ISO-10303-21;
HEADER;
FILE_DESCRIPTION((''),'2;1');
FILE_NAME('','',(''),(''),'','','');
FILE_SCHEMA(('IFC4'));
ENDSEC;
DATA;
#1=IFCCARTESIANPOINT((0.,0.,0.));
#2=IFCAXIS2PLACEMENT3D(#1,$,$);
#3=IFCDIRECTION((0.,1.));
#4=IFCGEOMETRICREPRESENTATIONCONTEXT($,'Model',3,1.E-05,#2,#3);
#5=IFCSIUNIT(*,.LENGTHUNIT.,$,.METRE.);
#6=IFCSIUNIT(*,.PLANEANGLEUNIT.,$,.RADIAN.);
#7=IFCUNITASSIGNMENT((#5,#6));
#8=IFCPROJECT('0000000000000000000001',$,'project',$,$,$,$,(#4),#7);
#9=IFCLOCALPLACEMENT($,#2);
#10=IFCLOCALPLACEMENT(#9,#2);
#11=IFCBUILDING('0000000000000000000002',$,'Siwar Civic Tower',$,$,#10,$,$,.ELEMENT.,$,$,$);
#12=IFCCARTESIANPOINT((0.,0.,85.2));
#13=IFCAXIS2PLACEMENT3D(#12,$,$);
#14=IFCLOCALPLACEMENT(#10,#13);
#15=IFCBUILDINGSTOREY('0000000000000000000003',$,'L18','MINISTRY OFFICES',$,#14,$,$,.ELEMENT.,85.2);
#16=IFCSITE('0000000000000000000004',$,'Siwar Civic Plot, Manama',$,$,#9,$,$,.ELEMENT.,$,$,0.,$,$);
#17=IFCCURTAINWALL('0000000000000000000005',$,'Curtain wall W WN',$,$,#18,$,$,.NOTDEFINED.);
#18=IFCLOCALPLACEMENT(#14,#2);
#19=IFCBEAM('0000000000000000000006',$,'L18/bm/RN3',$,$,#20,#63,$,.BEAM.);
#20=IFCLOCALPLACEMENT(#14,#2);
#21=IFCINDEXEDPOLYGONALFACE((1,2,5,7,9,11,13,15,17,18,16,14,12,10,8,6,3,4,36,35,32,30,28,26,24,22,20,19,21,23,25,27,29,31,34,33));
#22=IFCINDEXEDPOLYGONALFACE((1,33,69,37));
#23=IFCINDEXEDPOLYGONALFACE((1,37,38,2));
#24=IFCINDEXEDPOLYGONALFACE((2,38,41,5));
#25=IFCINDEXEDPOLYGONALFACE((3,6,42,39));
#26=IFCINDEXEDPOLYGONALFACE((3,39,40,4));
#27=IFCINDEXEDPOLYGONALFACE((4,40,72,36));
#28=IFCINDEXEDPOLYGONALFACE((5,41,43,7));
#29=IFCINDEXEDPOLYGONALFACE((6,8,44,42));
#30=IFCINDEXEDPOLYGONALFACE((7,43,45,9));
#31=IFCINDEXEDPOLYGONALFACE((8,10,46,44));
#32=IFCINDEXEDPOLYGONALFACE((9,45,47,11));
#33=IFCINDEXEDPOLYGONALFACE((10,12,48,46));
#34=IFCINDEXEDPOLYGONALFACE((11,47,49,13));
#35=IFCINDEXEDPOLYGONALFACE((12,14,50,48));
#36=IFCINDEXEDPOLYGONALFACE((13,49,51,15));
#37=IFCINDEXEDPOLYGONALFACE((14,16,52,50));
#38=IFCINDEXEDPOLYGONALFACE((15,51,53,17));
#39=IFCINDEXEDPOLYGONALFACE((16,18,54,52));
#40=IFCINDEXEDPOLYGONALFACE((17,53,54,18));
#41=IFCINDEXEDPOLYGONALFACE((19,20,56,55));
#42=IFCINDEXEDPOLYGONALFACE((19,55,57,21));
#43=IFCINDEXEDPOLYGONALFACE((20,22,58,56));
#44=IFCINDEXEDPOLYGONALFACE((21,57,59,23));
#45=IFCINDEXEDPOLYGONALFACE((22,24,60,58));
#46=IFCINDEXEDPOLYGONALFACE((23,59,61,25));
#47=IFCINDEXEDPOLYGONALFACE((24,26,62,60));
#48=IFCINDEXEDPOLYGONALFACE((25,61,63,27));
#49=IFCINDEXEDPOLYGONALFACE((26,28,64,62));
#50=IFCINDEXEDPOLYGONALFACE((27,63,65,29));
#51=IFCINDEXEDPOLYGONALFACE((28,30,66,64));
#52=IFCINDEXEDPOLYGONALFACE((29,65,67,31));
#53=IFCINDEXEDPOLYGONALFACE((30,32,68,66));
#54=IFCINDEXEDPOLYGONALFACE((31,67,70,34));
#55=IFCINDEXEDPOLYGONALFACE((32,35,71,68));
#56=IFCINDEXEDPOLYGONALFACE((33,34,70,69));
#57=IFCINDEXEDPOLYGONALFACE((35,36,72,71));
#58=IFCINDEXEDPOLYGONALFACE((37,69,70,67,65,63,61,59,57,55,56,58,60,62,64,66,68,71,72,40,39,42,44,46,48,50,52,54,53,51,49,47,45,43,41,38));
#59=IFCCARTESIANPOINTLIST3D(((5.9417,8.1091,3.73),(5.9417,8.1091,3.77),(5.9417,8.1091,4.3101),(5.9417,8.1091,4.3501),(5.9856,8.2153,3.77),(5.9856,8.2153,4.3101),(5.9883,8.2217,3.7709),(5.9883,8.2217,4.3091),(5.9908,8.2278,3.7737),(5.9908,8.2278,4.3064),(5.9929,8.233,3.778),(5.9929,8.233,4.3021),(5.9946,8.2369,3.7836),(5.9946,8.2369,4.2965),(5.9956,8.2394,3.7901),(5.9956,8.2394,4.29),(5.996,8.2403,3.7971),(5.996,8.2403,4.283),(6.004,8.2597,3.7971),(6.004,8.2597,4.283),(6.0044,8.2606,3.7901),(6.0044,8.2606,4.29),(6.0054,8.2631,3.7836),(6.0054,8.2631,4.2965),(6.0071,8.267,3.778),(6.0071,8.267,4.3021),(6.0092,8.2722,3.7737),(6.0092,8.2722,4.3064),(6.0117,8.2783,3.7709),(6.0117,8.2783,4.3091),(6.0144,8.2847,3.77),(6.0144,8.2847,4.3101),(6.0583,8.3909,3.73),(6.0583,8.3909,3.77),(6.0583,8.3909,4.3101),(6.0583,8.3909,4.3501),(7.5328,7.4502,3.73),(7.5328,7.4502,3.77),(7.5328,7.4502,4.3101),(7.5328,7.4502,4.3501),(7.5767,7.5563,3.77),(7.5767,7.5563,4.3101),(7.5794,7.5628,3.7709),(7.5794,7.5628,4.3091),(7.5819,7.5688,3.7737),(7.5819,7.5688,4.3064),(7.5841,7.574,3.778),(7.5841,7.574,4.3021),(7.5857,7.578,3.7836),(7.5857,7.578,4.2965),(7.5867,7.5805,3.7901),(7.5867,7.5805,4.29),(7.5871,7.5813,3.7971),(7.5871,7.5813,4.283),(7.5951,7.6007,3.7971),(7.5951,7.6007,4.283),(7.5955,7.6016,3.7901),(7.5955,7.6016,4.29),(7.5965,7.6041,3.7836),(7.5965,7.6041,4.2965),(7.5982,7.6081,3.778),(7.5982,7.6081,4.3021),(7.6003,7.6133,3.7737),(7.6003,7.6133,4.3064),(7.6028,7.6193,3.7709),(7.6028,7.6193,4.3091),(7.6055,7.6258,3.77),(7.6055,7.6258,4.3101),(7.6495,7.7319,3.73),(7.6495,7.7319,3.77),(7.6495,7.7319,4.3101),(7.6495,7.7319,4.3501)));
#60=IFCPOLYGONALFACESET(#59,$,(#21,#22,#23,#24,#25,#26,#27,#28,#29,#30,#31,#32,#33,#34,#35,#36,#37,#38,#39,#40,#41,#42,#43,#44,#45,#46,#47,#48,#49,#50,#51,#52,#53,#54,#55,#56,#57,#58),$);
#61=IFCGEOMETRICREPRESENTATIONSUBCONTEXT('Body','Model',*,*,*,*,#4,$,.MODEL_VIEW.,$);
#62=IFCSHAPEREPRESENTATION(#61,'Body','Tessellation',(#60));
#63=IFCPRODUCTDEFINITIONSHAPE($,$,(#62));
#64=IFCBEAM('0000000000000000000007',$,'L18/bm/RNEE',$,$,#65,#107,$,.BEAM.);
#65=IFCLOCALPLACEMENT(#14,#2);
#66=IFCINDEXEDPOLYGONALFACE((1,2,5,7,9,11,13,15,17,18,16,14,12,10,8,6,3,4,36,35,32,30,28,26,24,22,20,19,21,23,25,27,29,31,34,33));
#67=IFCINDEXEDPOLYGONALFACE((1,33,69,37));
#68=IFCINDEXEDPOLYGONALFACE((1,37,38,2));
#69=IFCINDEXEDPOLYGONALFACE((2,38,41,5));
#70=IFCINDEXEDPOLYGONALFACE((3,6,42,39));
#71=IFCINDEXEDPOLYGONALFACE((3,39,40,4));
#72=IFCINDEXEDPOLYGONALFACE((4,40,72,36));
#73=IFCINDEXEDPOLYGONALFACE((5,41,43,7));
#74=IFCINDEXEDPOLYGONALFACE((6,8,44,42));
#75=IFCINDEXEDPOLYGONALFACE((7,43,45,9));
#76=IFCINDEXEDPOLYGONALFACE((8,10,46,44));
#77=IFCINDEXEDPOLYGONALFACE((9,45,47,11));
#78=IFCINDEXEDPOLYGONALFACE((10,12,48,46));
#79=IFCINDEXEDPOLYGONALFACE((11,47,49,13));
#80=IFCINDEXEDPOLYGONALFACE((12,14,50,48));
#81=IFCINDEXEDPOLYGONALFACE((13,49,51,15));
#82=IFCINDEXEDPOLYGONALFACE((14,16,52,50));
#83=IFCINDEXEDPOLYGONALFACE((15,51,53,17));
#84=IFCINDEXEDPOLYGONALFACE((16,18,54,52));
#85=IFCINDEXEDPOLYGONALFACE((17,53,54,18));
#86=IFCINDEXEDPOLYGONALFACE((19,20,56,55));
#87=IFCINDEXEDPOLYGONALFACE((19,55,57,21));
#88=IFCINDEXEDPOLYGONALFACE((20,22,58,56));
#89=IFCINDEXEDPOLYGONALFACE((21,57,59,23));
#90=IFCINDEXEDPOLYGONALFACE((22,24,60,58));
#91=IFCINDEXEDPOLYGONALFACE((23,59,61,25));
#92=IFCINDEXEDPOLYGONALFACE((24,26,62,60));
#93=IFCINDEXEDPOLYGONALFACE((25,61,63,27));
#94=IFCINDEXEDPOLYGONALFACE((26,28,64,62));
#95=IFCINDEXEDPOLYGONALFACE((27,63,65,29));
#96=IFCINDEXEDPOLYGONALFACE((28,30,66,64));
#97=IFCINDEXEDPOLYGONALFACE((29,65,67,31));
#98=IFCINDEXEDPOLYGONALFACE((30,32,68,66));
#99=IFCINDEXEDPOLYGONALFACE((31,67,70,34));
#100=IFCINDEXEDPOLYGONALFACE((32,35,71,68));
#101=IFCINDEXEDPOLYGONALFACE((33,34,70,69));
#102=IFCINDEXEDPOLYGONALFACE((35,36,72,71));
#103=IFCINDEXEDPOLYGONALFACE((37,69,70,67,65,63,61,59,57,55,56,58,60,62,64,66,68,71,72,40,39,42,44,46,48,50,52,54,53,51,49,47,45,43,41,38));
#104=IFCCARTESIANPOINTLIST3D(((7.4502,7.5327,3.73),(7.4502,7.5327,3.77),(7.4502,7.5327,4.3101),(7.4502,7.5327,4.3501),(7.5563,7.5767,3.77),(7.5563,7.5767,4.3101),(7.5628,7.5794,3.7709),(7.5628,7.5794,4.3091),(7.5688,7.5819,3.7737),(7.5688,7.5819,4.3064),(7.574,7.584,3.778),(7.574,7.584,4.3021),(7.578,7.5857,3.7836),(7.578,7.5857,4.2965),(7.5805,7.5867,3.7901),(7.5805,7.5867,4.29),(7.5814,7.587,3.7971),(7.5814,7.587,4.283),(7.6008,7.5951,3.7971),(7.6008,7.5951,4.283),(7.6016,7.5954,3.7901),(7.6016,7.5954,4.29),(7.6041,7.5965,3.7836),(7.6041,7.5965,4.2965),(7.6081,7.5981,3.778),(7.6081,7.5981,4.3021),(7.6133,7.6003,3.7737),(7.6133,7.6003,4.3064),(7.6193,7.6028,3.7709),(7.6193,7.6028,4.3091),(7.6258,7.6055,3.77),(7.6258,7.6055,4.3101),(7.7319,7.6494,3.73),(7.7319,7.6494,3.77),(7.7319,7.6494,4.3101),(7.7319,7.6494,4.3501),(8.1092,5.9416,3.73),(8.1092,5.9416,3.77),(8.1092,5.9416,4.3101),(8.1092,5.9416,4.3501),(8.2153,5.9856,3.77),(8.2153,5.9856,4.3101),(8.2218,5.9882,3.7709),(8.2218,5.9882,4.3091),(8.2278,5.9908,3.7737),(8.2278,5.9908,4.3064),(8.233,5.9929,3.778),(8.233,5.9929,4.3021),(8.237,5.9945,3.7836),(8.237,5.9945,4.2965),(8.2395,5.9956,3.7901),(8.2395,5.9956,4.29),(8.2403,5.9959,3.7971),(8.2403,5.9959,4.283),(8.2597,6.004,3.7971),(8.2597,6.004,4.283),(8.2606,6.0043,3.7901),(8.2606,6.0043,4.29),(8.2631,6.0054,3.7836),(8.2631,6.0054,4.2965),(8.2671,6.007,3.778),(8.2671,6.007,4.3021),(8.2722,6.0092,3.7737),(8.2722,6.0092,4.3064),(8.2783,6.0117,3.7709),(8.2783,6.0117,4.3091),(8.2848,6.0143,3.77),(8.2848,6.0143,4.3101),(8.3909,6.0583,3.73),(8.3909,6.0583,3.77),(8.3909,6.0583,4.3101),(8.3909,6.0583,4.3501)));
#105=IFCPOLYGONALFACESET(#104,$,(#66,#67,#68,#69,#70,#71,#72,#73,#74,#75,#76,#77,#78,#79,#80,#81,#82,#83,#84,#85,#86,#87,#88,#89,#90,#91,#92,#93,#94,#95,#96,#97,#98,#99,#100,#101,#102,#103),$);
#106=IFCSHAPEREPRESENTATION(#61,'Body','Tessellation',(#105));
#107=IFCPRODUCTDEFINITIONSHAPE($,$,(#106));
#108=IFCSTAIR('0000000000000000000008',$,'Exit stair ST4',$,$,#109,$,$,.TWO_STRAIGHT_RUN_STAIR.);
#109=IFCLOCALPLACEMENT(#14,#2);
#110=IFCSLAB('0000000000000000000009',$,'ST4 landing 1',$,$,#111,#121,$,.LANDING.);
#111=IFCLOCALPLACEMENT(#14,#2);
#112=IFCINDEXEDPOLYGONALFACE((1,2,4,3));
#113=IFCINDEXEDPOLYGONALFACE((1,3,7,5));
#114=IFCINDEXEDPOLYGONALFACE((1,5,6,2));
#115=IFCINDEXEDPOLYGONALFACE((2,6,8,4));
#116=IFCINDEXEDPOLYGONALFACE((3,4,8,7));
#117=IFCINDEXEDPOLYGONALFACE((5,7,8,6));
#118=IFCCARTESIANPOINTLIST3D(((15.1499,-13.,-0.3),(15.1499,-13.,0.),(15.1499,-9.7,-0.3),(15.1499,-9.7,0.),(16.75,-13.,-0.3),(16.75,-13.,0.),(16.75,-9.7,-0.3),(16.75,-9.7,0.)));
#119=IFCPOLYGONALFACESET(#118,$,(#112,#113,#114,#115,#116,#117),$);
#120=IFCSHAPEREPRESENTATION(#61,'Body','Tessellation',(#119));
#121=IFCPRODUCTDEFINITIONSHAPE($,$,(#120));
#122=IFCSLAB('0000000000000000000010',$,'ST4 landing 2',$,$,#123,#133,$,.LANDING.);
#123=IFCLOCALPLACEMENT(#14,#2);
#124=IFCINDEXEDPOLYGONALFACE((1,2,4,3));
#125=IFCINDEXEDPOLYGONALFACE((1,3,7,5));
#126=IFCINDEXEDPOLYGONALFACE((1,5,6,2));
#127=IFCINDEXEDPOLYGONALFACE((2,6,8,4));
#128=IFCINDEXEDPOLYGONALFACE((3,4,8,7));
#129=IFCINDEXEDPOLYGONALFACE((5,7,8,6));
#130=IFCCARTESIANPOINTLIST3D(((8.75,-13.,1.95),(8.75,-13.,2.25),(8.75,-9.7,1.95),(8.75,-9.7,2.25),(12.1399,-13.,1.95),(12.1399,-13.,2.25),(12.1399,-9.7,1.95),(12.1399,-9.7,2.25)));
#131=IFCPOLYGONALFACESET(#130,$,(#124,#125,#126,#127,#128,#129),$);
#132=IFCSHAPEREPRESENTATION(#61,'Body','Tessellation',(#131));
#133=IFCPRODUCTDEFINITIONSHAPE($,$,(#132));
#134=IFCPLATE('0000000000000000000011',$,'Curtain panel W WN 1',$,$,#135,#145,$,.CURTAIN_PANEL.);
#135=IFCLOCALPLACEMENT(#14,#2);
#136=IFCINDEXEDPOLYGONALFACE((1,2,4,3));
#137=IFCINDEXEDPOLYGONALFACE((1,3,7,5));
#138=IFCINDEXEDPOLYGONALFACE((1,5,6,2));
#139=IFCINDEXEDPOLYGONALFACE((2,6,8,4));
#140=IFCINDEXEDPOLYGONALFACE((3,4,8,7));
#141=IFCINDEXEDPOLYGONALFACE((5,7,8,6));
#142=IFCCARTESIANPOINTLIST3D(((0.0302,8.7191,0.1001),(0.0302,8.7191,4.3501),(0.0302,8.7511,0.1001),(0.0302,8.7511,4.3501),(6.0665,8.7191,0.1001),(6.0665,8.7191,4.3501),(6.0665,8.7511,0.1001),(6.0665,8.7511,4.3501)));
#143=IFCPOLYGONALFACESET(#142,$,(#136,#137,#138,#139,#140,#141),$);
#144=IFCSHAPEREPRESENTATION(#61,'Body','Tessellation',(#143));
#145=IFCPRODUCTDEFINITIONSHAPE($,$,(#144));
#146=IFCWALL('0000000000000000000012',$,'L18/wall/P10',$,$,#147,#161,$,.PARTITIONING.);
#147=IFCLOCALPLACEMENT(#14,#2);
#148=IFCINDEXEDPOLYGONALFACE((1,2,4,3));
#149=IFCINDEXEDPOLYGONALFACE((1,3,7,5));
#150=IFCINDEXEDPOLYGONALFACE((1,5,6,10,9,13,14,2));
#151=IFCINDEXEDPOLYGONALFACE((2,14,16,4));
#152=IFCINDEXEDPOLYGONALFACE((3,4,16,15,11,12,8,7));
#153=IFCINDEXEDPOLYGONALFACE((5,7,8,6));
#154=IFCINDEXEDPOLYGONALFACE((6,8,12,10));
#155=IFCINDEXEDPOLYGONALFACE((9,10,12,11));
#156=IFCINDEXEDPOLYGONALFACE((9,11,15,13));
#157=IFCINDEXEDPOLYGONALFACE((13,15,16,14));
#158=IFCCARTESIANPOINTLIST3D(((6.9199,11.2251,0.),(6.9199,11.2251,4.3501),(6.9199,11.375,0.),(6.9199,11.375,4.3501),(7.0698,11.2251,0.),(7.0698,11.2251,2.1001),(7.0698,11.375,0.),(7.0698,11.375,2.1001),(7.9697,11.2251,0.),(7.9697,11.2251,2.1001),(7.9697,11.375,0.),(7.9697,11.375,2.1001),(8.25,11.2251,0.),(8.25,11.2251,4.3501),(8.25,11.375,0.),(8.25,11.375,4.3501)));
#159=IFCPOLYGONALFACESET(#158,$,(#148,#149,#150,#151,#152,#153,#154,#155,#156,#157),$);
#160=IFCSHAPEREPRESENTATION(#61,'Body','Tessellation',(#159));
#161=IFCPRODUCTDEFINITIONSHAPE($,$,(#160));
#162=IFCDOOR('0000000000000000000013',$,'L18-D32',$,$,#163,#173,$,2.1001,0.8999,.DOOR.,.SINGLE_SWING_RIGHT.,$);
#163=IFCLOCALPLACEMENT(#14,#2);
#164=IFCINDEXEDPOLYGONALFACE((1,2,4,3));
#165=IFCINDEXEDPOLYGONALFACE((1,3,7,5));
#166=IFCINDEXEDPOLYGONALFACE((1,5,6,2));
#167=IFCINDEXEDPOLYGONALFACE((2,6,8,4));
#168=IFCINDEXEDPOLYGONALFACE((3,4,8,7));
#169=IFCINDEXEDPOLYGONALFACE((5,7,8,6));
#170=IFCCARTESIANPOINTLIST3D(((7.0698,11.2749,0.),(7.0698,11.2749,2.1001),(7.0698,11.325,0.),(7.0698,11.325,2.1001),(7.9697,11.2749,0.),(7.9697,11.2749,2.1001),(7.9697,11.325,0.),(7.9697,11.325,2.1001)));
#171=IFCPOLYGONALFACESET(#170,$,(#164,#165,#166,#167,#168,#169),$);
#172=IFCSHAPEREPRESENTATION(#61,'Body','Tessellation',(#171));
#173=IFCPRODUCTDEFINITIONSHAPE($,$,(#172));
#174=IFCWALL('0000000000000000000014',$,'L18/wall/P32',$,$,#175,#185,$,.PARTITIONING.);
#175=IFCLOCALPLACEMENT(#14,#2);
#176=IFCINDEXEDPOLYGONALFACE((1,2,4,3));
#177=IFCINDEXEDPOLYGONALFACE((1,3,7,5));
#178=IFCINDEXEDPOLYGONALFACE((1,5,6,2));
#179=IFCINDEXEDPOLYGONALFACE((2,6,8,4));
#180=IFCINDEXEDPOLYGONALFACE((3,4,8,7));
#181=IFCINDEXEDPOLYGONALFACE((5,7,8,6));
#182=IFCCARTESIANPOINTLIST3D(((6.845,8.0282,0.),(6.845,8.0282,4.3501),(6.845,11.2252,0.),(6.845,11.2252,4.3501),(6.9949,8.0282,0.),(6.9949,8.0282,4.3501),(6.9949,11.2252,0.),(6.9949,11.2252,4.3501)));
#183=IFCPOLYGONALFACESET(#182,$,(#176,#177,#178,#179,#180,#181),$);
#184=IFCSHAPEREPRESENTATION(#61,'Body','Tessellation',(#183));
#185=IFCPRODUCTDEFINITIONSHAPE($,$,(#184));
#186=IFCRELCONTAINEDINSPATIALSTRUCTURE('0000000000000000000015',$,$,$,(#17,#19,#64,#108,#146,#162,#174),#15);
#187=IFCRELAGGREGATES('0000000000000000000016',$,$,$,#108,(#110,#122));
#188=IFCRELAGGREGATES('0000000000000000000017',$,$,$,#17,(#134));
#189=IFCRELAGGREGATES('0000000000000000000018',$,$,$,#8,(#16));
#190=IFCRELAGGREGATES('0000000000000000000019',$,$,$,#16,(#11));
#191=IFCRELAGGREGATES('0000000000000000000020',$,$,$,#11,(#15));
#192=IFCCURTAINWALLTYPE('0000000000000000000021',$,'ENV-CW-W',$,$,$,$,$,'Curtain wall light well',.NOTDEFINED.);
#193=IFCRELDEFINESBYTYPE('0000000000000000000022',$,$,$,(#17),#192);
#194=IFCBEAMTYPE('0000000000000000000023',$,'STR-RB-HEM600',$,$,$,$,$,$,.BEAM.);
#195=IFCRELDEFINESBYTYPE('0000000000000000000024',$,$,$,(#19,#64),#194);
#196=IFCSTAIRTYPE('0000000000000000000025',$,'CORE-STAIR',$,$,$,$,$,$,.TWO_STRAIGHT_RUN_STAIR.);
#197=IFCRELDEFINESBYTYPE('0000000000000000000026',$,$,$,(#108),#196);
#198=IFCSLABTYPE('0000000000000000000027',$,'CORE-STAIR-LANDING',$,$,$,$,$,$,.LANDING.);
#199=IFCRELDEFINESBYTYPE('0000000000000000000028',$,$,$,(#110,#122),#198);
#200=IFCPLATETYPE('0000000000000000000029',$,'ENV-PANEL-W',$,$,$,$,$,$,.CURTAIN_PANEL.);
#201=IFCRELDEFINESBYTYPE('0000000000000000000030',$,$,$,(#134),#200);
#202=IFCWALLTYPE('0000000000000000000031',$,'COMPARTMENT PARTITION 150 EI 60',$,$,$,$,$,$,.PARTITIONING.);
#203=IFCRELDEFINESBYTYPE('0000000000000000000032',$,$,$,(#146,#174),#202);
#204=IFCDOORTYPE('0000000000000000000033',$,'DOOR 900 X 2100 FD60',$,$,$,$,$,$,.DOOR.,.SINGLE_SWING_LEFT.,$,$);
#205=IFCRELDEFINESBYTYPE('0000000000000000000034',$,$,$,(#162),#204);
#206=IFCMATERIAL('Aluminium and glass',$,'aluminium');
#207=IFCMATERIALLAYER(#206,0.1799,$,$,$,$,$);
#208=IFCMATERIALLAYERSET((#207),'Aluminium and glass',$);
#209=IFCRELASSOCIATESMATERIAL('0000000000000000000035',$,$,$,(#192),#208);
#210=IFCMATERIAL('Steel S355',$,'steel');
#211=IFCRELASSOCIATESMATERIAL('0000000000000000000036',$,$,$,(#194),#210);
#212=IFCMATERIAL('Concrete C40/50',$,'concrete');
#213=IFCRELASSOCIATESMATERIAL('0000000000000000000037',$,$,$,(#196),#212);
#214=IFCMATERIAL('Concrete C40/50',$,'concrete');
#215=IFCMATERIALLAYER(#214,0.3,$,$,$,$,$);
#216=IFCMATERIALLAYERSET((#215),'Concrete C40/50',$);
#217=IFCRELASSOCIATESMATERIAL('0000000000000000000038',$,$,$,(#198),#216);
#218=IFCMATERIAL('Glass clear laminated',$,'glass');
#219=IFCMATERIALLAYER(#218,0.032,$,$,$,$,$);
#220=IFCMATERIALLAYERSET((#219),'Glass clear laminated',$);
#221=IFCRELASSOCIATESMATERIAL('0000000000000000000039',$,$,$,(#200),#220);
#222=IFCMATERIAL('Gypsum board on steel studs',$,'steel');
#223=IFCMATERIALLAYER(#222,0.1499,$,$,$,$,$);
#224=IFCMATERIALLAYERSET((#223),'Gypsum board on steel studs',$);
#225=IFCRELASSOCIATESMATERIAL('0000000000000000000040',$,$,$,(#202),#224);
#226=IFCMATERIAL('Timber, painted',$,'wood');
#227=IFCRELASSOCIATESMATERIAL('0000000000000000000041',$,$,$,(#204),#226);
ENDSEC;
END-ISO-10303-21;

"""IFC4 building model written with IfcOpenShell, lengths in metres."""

from ifc_helpers import new_model, si_unit, direction, frame, frame_2d, origin, origin_2d, place, context, subcontext, project, spatial, polyline, rectangle, i_section, outline, extrude, material, layer, layer_set, material_profile, profile_set, type_object, element, fill, aggregate, save


model = new_model("IFC4")

# Units and contexts
model_context = context("Model", 3, precision=1e-05, world=origin(), true_north=direction((0.0, 1.0)))
body_context = subcontext(model_context, "Body", "Model", "MODEL_VIEW")
ifc_project = project(units=[si_unit("LENGTHUNIT", "METRE"), si_unit("PLANEANGLEUNIT", "RADIAN")], contexts=[model_context])

# Site, building, storey
site_placement = place(None, origin())
site = spatial("IfcSite", under=ifc_project, at=site_placement, Name="Siwar Civic Plot, Manama", CompositionType="ELEMENT", RefElevation=0.0)
building_placement = place(site_placement, origin())
building = spatial("IfcBuilding", under=site, at=building_placement, Name="Siwar Civic Tower", CompositionType="ELEMENT")
storey_placement = place(building_placement, frame((0.0, 0.0, 85.2)))
storey = spatial("IfcBuildingStorey", under=building, at=storey_placement, Name="L18", Description="MINISTRY OFFICES", CompositionType="ELEMENT", Elevation=85.2)

# Curtain wall
ifc_material_1 = material(Name="Aluminium and glass", Category="aluminium")
ifc_layer_1 = layer(ifc_material_1, 0.1799)
ifc_layer_set_1 = layer_set([ifc_layer_1], Name="Aluminium and glass")
curtain_wall_type = type_object("IfcCurtainWallType", Name="ENV-CW-W", ElementType="Curtain wall light well", PredefinedType="NOTDEFINED", material=ifc_layer_set_1)
curtain_wall_placement = place(storey_placement, origin())
curtain_wall = element("IfcCurtainWall", 1, at=curtain_wall_placement, inside=storey, type_object=curtain_wall_type, Name="Curtain wall W WN", PredefinedType="NOTDEFINED")

# Beams
ifc_material_2 = material(Name="Steel S355", Category="steel")
ifc_material_profile_1 = material_profile(ifc_material_2, i_section(OverallWidth=0.3049, OverallDepth=0.6201, WebThickness=0.021, FlangeThickness=0.04, FilletRadius=0.0271, at=origin_2d()), Name="HEM600")
ifc_profile_set_1 = profile_set([ifc_material_profile_1], Name="Steel S355")
beam_type_1 = type_object("IfcBeamType", Name="STR-RB-HEM600", PredefinedType="BEAM", material=ifc_profile_set_1)
for number, where, z_axis, x_axis, name in (
    (2, (6.0, 8.25, 4.04), (0.923901, -0.382631, 0.0), (0.382631, 0.923901, 0.0), "L18/bm/RN3"),
    (3, (7.5911, 7.5911, 4.04), (0.382631, -0.923901, 0.0), (0.923901, 0.382631, 0.0), "L18/bm/RNEE"),
):
    element("IfcBeam", number, at=place(storey_placement, frame(where, z_axis=z_axis, x_axis=x_axis)), inside=storey, type_object=beam_type_1, Name=name, PredefinedType="BEAM", context=body_context, shape_type="SweptSolid", body=[
        extrude(i_section(OverallWidth=0.3049, OverallDepth=0.6201, WebThickness=0.021, FlangeThickness=0.04, FilletRadius=0.0271, at=origin_2d()), origin(), (0.0, 0.0, 1.0), 1.7222),
    ])

# Stair, slabs
ifc_material_3 = material(Name="Concrete C40/50", Category="concrete")
stair_type = type_object("IfcStairType", Name="CORE-STAIR", PredefinedType="TWO_STRAIGHT_RUN_STAIR", material=ifc_material_3)
stair_placement = place(storey_placement, origin())
stair = element("IfcStair", 4, at=stair_placement, inside=storey, type_object=stair_type, Name="Exit stair ST4", PredefinedType="TWO_STRAIGHT_RUN_STAIR")
ifc_material_4 = material(Name="Concrete C40/50", Category="concrete")
ifc_layer_2 = layer(ifc_material_4, 0.3)
ifc_layer_set_2 = layer_set([ifc_layer_2], Name="Concrete C40/50")
slab_type_1 = type_object("IfcSlabType", Name="CORE-STAIR-LANDING", PredefinedType="LANDING", material=ifc_layer_set_2)
slab_1_placement = place(storey_placement, frame((0.0, 0.0, -0.3)))
slab_1 = element("IfcSlab", 5, at=slab_1_placement, type_object=slab_type_1, Name="ST4 landing 1", PredefinedType="LANDING", context=body_context, shape_type="SweptSolid", body=[
    extrude(outline(polyline([(15.1499, -13.0), (16.75, -13.0), (16.75, -9.7), (15.1499, -9.7), (15.1499, -13.0)])), origin(), (0.0, 0.0, 1.0), 0.3),
])
slab_2_placement = place(storey_placement, frame((0.0, 0.0, 1.95)))
slab_2 = element("IfcSlab", 6, at=slab_2_placement, type_object=slab_type_1, Name="ST4 landing 2", PredefinedType="LANDING", context=body_context, shape_type="SweptSolid", body=[
    extrude(outline(polyline([(8.75, -13.0), (12.1399, -13.0), (12.1399, -9.7), (8.75, -9.7), (8.75, -13.0)])), origin(), (0.0, 0.0, 1.0), 0.3),
])
aggregate(stair, [slab_1, slab_2])

# Plate
ifc_material_5 = material(Name="Glass clear laminated", Category="glass")
ifc_layer_3 = layer(ifc_material_5, 0.032)
ifc_layer_set_3 = layer_set([ifc_layer_3], Name="Glass clear laminated")
plate_type = type_object("IfcPlateType", Name="ENV-PANEL-W", PredefinedType="CURTAIN_PANEL", material=ifc_layer_set_3)
plate_placement = place(storey_placement, frame((3.0483, 8.7351, 0.1001), z_axis=(0.0, 0.0, 1.0), x_axis=(-1.0, 0.0, 0.0)))
plate = element("IfcPlate", 7, at=plate_placement, type_object=plate_type, Name="Curtain panel W WN 1", PredefinedType="CURTAIN_PANEL", context=body_context, shape_type="SweptSolid", body=[
    extrude(rectangle(XDim=6.0364, YDim=0.032, at=origin_2d()), origin(), (0.0, 0.0, 1.0), 4.25),
])
aggregate(curtain_wall, [plate])

# Wall, opening, door
ifc_material_6 = material(Name="Gypsum board on steel studs", Category="steel")
ifc_layer_4 = layer(ifc_material_6, 0.1499)
ifc_layer_set_4 = layer_set([ifc_layer_4], Name="Gypsum board on steel studs")
wall_type_1 = type_object("IfcWallType", Name="COMPARTMENT PARTITION 150 EI 60", PredefinedType="PARTITIONING", material=ifc_layer_set_4)
wall_1_placement = place(storey_placement, frame((6.9199, 11.3, 0.0), z_axis=(0.0, 0.0, 1.0), x_axis=(1.0, 0.0, 0.0)))
wall_1 = element("IfcWall", 8, at=wall_1_placement, inside=storey, type_object=wall_type_1, Name="L18/wall/P10", PredefinedType="PARTITIONING", context=body_context, shape_type="SweptSolid", body=[
    extrude(rectangle(XDim=1.3301, YDim=0.1499, at=frame_2d((0.665, 0.0))), origin(), (0.0, 0.0, 1.0), 4.3501),
])
opening_1_placement = place(wall_1_placement, frame((0.1499, 0.0, 0.0)))
opening_1 = element("IfcOpeningElement", 9, at=opening_1_placement, cuts=wall_1, PredefinedType="OPENING", context=body_context, shape_type="SweptSolid", body=[
    extrude(rectangle(XDim=0.8999, YDim=2.1001, at=frame_2d((0.45, 1.05))), frame((0.0, 0.085, 0.0), z_axis=(0.0, -1.0, 0.0), x_axis=(1.0, 0.0, 0.0)), (0.0, 0.0, 1.0), 0.1699),
])
ifc_material_7 = material(Name="Timber, painted", Category="wood")
door_type_1 = type_object("IfcDoorType", Name="DOOR 900 X 2100 FD60", OperationType="SINGLE_SWING_LEFT", PredefinedType="DOOR", material=ifc_material_7)
door_1_placement = place(opening_1_placement, origin())
door_1 = element("IfcDoor", 10, at=door_1_placement, inside=storey, type_object=door_type_1, Name="L18-D32", OperationType="SINGLE_SWING_RIGHT", OverallHeight=2.1001, OverallWidth=0.8999, PredefinedType="DOOR", context=body_context, shape_type="SweptSolid", body=[
    extrude(rectangle(XDim=0.8999, YDim=2.1001, at=frame_2d((0.45, 1.05))), frame((0.0, 0.0249, 0.0), z_axis=(0.0, -1.0, 0.0), x_axis=(1.0, 0.0, 0.0)), (0.0, 0.0, 1.0), 0.05),
])
fill(opening_1, door_1)

# Wall
wall_2_placement = place(storey_placement, frame((6.9199, 8.0281, 0.0), z_axis=(0.0, 0.0, 1.0), x_axis=(0.0, 1.0, 0.0)))
element("IfcWall", 11, at=wall_2_placement, inside=storey, type_object=wall_type_1, Name="L18/wall/P32", PredefinedType="PARTITIONING", context=body_context, shape_type="SweptSolid", body=[
    extrude(rectangle(XDim=3.197, YDim=0.1499, at=frame_2d((1.5986, 0.0))), origin(), (0.0, 0.0, 1.0), 4.3501),
])

save(model, "model.ifc")
